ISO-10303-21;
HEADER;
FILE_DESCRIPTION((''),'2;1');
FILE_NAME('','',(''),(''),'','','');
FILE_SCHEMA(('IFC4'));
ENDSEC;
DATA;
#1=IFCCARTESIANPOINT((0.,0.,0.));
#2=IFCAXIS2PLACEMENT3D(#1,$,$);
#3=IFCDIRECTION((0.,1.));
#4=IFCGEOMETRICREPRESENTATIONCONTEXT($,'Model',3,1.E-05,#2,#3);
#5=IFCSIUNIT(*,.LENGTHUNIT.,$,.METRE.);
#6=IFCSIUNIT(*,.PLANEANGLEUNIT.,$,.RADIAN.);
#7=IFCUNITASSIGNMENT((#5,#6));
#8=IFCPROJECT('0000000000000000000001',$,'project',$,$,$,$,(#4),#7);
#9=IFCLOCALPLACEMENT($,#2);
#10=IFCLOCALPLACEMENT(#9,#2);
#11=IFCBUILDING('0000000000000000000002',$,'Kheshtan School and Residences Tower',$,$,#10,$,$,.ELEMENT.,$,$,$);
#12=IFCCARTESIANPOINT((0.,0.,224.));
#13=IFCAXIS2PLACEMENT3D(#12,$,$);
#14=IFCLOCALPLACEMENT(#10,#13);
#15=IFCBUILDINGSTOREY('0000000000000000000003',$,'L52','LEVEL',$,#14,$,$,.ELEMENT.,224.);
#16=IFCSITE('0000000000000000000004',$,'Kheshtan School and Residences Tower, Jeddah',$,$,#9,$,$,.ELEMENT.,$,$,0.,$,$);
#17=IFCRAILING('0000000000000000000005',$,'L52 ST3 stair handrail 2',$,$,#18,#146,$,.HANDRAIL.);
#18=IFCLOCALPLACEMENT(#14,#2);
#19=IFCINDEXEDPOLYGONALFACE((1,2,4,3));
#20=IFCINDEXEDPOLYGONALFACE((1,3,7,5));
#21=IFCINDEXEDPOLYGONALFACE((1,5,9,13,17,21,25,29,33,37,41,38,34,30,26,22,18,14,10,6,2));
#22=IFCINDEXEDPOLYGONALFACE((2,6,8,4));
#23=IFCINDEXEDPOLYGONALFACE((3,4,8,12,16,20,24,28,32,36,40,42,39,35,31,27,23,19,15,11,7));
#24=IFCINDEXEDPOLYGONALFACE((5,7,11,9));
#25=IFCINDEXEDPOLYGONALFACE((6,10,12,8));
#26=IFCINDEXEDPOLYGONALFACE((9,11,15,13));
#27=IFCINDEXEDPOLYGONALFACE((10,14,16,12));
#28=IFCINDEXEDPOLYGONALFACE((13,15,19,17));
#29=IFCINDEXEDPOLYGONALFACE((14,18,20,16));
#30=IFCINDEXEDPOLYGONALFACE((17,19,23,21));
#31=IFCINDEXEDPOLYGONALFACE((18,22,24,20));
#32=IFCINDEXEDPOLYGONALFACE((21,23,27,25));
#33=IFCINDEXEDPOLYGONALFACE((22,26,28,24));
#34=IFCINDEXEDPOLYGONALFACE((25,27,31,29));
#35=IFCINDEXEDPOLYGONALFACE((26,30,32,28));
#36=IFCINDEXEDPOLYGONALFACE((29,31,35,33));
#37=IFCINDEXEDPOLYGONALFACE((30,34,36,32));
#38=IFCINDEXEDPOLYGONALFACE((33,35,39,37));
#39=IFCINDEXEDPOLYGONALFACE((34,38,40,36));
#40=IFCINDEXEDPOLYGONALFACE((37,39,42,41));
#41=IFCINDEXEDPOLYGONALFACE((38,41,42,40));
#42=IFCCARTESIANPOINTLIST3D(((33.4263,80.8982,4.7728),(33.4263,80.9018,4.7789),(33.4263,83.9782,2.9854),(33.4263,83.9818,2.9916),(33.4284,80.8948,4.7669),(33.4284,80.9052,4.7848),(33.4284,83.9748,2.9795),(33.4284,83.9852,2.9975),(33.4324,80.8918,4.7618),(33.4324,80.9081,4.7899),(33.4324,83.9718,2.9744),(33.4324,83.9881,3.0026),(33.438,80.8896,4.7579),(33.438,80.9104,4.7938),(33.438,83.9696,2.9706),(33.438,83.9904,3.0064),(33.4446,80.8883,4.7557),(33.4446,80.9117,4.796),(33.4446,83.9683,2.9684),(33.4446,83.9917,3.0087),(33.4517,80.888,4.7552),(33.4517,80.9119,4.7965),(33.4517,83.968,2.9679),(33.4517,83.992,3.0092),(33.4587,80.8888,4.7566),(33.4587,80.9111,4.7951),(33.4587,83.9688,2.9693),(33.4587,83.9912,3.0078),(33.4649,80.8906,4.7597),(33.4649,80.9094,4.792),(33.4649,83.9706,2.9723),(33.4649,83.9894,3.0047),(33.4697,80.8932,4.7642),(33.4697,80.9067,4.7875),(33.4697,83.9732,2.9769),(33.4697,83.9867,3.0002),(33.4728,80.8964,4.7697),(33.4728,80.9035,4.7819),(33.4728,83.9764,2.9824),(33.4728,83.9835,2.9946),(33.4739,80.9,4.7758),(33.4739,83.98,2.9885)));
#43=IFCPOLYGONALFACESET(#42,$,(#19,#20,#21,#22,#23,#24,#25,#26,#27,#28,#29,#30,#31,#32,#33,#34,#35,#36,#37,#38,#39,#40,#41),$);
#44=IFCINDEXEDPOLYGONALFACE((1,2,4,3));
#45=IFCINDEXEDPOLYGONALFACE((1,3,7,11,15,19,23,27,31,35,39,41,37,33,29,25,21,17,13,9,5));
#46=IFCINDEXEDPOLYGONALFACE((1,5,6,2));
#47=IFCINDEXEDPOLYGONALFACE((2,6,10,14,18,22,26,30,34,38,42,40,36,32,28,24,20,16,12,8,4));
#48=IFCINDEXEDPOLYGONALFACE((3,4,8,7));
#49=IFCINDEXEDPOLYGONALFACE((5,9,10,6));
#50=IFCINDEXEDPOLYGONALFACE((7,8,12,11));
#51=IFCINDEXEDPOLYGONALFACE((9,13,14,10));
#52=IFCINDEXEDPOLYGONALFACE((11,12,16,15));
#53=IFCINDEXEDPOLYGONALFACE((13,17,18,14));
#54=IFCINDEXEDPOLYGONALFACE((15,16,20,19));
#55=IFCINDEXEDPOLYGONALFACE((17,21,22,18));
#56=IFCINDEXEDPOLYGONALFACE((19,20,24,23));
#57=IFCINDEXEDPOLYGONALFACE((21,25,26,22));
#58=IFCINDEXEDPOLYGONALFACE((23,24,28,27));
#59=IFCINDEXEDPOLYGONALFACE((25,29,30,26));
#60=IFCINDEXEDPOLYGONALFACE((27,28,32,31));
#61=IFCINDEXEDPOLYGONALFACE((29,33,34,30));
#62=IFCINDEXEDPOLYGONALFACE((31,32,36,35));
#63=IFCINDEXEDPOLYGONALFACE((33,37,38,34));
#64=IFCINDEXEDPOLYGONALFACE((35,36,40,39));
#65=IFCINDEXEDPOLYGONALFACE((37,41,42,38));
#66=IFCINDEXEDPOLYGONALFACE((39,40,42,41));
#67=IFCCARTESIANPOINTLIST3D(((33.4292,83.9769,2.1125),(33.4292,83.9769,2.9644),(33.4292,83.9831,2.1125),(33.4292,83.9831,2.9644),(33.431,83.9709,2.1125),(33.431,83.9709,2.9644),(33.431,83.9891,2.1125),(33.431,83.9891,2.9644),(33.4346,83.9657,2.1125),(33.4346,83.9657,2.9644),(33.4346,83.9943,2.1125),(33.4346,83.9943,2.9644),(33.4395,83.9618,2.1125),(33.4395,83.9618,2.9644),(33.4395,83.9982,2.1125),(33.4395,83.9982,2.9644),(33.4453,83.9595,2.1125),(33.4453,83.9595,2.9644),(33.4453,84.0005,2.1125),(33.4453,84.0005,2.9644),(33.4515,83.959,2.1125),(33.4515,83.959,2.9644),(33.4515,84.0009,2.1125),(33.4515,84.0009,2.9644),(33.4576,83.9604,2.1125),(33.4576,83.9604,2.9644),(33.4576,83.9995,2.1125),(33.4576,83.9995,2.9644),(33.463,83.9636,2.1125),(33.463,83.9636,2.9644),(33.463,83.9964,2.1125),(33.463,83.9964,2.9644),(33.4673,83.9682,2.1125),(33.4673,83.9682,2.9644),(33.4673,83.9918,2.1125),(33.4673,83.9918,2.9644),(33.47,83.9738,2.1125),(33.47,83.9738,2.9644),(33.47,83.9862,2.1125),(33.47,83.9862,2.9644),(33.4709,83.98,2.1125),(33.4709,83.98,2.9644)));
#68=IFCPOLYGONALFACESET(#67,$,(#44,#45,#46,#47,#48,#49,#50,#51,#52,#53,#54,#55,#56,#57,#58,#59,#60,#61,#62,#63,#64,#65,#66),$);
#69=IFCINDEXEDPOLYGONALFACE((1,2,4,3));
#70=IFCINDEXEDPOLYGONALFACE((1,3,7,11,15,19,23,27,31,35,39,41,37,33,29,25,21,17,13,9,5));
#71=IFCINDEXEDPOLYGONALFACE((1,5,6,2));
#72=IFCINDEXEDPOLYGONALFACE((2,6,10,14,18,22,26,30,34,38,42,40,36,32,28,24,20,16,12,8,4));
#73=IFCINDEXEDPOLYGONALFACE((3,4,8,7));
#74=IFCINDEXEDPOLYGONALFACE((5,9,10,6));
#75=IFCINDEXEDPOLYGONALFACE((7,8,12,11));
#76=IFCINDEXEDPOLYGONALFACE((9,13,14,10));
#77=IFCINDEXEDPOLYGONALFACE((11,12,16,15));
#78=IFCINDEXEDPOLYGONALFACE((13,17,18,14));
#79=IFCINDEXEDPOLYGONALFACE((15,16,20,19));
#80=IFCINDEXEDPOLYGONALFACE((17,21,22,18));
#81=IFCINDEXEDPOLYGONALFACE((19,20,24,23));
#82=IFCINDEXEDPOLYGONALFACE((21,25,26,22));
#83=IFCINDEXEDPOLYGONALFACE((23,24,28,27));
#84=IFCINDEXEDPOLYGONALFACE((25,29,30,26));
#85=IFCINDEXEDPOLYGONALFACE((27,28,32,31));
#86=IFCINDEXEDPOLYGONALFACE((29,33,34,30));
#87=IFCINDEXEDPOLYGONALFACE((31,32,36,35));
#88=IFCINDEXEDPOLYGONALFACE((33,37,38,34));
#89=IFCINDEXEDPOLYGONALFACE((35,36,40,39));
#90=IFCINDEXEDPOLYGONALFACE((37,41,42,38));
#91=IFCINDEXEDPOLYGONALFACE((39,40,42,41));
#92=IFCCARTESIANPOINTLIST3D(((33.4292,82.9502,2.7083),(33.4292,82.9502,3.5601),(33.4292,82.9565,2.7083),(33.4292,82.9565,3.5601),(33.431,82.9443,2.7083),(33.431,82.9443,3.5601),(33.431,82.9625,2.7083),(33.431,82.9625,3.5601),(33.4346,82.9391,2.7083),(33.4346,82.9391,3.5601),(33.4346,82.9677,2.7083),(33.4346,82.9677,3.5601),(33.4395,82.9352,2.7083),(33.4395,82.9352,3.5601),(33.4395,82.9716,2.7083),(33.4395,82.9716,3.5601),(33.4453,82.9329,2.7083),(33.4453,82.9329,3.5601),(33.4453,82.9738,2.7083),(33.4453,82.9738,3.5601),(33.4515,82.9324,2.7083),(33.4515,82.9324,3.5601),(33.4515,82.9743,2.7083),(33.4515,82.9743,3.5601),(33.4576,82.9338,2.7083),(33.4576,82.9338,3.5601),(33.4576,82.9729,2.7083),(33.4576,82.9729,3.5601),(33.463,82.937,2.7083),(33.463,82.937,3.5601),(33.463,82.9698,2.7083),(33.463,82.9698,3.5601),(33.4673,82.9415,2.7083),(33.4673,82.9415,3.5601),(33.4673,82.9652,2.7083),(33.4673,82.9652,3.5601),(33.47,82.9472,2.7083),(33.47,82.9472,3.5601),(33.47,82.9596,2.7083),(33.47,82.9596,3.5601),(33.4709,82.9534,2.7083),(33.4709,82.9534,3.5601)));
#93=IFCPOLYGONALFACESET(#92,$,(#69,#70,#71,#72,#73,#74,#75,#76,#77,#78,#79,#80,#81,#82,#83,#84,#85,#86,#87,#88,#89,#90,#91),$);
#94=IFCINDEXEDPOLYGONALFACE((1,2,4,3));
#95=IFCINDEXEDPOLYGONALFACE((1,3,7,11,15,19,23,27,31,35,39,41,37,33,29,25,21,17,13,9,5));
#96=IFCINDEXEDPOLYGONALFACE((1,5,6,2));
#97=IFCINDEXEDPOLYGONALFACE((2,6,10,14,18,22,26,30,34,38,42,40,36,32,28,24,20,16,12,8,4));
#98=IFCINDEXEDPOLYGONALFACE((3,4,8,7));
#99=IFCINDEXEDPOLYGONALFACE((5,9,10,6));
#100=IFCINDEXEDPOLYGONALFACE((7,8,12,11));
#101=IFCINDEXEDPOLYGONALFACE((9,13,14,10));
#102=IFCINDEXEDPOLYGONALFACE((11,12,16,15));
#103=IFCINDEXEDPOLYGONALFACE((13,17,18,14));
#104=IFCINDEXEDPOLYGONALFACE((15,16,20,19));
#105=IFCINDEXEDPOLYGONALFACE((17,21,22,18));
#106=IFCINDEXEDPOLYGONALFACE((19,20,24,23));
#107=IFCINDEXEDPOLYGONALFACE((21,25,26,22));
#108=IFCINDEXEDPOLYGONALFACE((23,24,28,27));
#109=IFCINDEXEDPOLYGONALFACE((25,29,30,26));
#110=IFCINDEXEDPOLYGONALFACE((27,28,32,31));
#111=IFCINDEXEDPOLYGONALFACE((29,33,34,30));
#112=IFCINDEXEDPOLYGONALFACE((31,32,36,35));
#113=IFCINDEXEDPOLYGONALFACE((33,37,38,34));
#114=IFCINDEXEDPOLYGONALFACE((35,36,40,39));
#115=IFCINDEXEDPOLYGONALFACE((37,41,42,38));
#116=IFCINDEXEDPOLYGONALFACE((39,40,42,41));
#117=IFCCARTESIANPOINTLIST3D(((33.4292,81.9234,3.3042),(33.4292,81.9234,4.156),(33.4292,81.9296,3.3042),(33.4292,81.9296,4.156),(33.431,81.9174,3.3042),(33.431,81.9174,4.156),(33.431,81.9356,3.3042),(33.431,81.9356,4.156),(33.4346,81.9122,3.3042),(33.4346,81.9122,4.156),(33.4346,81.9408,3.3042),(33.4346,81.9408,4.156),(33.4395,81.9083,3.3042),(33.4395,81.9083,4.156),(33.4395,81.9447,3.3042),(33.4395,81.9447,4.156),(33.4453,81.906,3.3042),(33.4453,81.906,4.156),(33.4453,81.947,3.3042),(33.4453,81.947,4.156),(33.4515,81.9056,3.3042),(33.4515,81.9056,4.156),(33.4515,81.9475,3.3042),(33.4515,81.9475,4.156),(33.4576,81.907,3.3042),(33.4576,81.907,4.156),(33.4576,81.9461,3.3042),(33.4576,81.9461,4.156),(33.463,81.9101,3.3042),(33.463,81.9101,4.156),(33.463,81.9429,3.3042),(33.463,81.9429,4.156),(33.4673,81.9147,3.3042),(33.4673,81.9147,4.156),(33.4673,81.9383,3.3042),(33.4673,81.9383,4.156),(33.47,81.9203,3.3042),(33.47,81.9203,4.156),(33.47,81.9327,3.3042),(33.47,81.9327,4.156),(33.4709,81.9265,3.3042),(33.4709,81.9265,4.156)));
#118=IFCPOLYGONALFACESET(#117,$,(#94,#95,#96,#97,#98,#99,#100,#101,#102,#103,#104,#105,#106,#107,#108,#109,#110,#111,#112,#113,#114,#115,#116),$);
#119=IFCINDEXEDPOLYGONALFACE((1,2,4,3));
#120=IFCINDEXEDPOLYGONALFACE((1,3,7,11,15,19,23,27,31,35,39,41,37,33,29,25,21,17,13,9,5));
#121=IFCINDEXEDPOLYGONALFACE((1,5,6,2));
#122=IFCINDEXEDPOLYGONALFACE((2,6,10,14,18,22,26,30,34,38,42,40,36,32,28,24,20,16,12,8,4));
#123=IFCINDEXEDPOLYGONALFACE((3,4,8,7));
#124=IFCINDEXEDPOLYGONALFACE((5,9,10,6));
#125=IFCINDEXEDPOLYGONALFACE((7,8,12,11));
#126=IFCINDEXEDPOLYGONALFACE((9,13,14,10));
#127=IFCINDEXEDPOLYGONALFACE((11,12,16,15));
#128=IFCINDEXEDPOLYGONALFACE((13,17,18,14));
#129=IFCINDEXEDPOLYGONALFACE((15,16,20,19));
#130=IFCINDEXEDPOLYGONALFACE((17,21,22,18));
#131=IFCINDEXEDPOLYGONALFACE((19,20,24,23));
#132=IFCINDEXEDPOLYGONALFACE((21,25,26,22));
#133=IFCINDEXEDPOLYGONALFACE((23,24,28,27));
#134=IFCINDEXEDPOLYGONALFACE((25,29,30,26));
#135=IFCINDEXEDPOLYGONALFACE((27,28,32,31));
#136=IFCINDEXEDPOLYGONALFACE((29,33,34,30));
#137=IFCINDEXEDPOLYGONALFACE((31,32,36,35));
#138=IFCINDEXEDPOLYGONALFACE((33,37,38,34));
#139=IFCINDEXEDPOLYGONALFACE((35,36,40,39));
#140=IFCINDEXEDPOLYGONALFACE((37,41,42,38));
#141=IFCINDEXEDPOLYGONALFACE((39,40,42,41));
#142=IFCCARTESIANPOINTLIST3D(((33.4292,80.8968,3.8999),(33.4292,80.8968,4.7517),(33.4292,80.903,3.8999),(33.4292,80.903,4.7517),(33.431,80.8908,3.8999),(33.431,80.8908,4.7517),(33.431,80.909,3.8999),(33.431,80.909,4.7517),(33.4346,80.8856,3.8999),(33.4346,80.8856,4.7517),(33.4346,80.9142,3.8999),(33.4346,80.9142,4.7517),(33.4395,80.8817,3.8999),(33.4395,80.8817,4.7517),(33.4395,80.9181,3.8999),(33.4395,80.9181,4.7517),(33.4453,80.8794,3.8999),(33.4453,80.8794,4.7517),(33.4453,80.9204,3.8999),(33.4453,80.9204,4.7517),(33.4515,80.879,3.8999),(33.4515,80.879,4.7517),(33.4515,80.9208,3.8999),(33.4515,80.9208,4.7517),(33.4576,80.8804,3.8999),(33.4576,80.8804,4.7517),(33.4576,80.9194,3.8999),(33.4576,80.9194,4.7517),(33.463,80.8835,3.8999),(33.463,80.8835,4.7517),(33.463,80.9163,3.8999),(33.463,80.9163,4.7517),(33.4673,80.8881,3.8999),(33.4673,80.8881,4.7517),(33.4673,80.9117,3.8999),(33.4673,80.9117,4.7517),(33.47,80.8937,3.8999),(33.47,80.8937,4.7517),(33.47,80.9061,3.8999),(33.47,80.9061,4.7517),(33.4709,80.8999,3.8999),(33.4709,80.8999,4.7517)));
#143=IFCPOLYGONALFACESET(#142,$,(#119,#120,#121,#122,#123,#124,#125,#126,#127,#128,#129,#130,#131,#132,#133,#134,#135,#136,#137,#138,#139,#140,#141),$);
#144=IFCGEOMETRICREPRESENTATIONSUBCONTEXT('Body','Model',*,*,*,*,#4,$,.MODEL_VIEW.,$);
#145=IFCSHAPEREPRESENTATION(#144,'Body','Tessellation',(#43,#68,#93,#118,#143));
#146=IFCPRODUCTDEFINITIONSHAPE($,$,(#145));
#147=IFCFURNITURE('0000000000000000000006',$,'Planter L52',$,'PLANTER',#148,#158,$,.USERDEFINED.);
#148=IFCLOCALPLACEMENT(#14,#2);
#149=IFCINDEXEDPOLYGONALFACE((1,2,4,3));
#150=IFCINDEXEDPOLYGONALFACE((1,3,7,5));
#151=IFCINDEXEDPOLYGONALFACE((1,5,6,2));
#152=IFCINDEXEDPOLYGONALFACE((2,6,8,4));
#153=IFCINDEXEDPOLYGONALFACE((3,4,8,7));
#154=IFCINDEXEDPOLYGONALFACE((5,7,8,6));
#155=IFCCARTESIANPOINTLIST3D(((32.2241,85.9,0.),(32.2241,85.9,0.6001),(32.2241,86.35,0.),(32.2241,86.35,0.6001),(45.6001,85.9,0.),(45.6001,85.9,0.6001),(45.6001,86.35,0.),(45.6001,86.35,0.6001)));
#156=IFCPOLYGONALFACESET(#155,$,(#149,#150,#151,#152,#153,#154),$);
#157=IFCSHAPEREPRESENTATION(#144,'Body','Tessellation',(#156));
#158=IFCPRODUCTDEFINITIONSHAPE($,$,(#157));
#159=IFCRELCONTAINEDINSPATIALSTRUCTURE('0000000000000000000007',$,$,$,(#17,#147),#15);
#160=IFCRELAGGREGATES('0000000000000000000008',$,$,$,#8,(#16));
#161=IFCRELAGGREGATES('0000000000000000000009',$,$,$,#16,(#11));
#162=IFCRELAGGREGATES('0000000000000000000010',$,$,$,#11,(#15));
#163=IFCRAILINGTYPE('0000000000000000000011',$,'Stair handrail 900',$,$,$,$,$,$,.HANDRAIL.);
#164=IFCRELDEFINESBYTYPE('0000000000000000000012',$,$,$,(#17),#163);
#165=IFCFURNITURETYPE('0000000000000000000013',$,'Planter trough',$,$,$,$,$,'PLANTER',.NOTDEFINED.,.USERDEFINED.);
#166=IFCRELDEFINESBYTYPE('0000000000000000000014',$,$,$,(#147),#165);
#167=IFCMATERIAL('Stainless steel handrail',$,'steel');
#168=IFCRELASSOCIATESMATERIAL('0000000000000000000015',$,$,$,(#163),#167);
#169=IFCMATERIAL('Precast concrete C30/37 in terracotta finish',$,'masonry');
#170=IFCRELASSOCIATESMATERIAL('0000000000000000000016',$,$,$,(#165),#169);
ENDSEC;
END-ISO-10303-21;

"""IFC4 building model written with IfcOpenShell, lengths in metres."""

from ifc_helpers import new_model, si_unit, direction, frame, origin, origin_2d, place, context, subcontext, project, spatial, rectangle, circle, extrude, material, type_object, element, save


model = new_model("IFC4")

# Units and contexts
model_context = context("Model", 3, precision=1e-05, world=origin(), true_north=direction((0.0, 1.0)))
body_context = subcontext(model_context, "Body", "Model", "MODEL_VIEW")
ifc_project = project(units=[si_unit("LENGTHUNIT", "METRE"), si_unit("PLANEANGLEUNIT", "RADIAN")], contexts=[model_context])

# Site, building, storey
site_placement = place(None, origin())
site = spatial("IfcSite", under=ifc_project, at=site_placement, Name="Kheshtan School and Residences Tower, Jeddah", CompositionType="ELEMENT", RefElevation=0.0)
building_placement = place(site_placement, origin())
building = spatial("IfcBuilding", under=site, at=building_placement, Name="Kheshtan School and Residences Tower", CompositionType="ELEMENT")
storey_placement = place(building_placement, frame((0.0, 0.0, 224.0)))
storey = spatial("IfcBuildingStorey", under=building, at=storey_placement, Name="L52", Description="LEVEL", CompositionType="ELEMENT", Elevation=224.0)

# Railing
ifc_material_1 = material(Name="Stainless steel handrail", Category="steel")
railing_type_1 = type_object("IfcRailingType", Name="Stair handrail 900", PredefinedType="HANDRAIL", material=ifc_material_1)
railing_1_placement = place(storey_placement, frame((33.45, 83.98, 2.1125)))
element("IfcRailing", 1, at=railing_1_placement, inside=storey, type_object=railing_type_1, Name="L52 ST3 stair handrail 2", PredefinedType="HANDRAIL", context=body_context, shape_type="SweptSolid", body=[
    extrude(circle(Radius=0.0239, at=origin_2d()), frame((0.0, 0.0, 0.876), z_axis=(0.0, -0.86492, 0.501909), x_axis=(1.0, 0.0, 0.0)), (0.0, 0.0, 1.0), 3.561),
    extrude(circle(Radius=0.021, at=origin_2d()), origin(), (0.0, 0.0, 1.0), 0.8518),
    extrude(circle(Radius=0.021, at=origin_2d()), frame((0.0, -1.0266, 0.5957)), (0.0, 0.0, 1.0), 0.8518),
    extrude(circle(Radius=0.021, at=origin_2d()), frame((0.0, -2.0535, 1.1917)), (0.0, 0.0, 1.0), 0.8518),
    extrude(circle(Radius=0.021, at=origin_2d()), frame((0.0, -3.0801, 1.7874)), (0.0, 0.0, 1.0), 0.8518),
])

# Furniture
ifc_material_2 = material(Name="Precast concrete C30/37 in terracotta finish", Category="masonry")
furniture_type = type_object("IfcFurnitureType", Name="Planter trough", ElementType="PLANTER", AssemblyPlace="NOTDEFINED", PredefinedType="USERDEFINED", material=ifc_material_2)
furniture_placement = place(storey_placement, frame((38.9121, 86.125, 0.0), z_axis=(0.0, 0.0, 1.0), x_axis=(1.0, 0.0, 0.0)))
element("IfcFurniture", 2, at=furniture_placement, inside=storey, type_object=furniture_type, Name="Planter L52", ObjectType="PLANTER", PredefinedType="USERDEFINED", context=body_context, shape_type="SweptSolid", body=[
    extrude(rectangle(XDim=13.376, YDim=0.45, at=origin_2d()), origin(), (0.0, 0.0, 1.0), 0.6001),
])

save(model, "model.ifc")
